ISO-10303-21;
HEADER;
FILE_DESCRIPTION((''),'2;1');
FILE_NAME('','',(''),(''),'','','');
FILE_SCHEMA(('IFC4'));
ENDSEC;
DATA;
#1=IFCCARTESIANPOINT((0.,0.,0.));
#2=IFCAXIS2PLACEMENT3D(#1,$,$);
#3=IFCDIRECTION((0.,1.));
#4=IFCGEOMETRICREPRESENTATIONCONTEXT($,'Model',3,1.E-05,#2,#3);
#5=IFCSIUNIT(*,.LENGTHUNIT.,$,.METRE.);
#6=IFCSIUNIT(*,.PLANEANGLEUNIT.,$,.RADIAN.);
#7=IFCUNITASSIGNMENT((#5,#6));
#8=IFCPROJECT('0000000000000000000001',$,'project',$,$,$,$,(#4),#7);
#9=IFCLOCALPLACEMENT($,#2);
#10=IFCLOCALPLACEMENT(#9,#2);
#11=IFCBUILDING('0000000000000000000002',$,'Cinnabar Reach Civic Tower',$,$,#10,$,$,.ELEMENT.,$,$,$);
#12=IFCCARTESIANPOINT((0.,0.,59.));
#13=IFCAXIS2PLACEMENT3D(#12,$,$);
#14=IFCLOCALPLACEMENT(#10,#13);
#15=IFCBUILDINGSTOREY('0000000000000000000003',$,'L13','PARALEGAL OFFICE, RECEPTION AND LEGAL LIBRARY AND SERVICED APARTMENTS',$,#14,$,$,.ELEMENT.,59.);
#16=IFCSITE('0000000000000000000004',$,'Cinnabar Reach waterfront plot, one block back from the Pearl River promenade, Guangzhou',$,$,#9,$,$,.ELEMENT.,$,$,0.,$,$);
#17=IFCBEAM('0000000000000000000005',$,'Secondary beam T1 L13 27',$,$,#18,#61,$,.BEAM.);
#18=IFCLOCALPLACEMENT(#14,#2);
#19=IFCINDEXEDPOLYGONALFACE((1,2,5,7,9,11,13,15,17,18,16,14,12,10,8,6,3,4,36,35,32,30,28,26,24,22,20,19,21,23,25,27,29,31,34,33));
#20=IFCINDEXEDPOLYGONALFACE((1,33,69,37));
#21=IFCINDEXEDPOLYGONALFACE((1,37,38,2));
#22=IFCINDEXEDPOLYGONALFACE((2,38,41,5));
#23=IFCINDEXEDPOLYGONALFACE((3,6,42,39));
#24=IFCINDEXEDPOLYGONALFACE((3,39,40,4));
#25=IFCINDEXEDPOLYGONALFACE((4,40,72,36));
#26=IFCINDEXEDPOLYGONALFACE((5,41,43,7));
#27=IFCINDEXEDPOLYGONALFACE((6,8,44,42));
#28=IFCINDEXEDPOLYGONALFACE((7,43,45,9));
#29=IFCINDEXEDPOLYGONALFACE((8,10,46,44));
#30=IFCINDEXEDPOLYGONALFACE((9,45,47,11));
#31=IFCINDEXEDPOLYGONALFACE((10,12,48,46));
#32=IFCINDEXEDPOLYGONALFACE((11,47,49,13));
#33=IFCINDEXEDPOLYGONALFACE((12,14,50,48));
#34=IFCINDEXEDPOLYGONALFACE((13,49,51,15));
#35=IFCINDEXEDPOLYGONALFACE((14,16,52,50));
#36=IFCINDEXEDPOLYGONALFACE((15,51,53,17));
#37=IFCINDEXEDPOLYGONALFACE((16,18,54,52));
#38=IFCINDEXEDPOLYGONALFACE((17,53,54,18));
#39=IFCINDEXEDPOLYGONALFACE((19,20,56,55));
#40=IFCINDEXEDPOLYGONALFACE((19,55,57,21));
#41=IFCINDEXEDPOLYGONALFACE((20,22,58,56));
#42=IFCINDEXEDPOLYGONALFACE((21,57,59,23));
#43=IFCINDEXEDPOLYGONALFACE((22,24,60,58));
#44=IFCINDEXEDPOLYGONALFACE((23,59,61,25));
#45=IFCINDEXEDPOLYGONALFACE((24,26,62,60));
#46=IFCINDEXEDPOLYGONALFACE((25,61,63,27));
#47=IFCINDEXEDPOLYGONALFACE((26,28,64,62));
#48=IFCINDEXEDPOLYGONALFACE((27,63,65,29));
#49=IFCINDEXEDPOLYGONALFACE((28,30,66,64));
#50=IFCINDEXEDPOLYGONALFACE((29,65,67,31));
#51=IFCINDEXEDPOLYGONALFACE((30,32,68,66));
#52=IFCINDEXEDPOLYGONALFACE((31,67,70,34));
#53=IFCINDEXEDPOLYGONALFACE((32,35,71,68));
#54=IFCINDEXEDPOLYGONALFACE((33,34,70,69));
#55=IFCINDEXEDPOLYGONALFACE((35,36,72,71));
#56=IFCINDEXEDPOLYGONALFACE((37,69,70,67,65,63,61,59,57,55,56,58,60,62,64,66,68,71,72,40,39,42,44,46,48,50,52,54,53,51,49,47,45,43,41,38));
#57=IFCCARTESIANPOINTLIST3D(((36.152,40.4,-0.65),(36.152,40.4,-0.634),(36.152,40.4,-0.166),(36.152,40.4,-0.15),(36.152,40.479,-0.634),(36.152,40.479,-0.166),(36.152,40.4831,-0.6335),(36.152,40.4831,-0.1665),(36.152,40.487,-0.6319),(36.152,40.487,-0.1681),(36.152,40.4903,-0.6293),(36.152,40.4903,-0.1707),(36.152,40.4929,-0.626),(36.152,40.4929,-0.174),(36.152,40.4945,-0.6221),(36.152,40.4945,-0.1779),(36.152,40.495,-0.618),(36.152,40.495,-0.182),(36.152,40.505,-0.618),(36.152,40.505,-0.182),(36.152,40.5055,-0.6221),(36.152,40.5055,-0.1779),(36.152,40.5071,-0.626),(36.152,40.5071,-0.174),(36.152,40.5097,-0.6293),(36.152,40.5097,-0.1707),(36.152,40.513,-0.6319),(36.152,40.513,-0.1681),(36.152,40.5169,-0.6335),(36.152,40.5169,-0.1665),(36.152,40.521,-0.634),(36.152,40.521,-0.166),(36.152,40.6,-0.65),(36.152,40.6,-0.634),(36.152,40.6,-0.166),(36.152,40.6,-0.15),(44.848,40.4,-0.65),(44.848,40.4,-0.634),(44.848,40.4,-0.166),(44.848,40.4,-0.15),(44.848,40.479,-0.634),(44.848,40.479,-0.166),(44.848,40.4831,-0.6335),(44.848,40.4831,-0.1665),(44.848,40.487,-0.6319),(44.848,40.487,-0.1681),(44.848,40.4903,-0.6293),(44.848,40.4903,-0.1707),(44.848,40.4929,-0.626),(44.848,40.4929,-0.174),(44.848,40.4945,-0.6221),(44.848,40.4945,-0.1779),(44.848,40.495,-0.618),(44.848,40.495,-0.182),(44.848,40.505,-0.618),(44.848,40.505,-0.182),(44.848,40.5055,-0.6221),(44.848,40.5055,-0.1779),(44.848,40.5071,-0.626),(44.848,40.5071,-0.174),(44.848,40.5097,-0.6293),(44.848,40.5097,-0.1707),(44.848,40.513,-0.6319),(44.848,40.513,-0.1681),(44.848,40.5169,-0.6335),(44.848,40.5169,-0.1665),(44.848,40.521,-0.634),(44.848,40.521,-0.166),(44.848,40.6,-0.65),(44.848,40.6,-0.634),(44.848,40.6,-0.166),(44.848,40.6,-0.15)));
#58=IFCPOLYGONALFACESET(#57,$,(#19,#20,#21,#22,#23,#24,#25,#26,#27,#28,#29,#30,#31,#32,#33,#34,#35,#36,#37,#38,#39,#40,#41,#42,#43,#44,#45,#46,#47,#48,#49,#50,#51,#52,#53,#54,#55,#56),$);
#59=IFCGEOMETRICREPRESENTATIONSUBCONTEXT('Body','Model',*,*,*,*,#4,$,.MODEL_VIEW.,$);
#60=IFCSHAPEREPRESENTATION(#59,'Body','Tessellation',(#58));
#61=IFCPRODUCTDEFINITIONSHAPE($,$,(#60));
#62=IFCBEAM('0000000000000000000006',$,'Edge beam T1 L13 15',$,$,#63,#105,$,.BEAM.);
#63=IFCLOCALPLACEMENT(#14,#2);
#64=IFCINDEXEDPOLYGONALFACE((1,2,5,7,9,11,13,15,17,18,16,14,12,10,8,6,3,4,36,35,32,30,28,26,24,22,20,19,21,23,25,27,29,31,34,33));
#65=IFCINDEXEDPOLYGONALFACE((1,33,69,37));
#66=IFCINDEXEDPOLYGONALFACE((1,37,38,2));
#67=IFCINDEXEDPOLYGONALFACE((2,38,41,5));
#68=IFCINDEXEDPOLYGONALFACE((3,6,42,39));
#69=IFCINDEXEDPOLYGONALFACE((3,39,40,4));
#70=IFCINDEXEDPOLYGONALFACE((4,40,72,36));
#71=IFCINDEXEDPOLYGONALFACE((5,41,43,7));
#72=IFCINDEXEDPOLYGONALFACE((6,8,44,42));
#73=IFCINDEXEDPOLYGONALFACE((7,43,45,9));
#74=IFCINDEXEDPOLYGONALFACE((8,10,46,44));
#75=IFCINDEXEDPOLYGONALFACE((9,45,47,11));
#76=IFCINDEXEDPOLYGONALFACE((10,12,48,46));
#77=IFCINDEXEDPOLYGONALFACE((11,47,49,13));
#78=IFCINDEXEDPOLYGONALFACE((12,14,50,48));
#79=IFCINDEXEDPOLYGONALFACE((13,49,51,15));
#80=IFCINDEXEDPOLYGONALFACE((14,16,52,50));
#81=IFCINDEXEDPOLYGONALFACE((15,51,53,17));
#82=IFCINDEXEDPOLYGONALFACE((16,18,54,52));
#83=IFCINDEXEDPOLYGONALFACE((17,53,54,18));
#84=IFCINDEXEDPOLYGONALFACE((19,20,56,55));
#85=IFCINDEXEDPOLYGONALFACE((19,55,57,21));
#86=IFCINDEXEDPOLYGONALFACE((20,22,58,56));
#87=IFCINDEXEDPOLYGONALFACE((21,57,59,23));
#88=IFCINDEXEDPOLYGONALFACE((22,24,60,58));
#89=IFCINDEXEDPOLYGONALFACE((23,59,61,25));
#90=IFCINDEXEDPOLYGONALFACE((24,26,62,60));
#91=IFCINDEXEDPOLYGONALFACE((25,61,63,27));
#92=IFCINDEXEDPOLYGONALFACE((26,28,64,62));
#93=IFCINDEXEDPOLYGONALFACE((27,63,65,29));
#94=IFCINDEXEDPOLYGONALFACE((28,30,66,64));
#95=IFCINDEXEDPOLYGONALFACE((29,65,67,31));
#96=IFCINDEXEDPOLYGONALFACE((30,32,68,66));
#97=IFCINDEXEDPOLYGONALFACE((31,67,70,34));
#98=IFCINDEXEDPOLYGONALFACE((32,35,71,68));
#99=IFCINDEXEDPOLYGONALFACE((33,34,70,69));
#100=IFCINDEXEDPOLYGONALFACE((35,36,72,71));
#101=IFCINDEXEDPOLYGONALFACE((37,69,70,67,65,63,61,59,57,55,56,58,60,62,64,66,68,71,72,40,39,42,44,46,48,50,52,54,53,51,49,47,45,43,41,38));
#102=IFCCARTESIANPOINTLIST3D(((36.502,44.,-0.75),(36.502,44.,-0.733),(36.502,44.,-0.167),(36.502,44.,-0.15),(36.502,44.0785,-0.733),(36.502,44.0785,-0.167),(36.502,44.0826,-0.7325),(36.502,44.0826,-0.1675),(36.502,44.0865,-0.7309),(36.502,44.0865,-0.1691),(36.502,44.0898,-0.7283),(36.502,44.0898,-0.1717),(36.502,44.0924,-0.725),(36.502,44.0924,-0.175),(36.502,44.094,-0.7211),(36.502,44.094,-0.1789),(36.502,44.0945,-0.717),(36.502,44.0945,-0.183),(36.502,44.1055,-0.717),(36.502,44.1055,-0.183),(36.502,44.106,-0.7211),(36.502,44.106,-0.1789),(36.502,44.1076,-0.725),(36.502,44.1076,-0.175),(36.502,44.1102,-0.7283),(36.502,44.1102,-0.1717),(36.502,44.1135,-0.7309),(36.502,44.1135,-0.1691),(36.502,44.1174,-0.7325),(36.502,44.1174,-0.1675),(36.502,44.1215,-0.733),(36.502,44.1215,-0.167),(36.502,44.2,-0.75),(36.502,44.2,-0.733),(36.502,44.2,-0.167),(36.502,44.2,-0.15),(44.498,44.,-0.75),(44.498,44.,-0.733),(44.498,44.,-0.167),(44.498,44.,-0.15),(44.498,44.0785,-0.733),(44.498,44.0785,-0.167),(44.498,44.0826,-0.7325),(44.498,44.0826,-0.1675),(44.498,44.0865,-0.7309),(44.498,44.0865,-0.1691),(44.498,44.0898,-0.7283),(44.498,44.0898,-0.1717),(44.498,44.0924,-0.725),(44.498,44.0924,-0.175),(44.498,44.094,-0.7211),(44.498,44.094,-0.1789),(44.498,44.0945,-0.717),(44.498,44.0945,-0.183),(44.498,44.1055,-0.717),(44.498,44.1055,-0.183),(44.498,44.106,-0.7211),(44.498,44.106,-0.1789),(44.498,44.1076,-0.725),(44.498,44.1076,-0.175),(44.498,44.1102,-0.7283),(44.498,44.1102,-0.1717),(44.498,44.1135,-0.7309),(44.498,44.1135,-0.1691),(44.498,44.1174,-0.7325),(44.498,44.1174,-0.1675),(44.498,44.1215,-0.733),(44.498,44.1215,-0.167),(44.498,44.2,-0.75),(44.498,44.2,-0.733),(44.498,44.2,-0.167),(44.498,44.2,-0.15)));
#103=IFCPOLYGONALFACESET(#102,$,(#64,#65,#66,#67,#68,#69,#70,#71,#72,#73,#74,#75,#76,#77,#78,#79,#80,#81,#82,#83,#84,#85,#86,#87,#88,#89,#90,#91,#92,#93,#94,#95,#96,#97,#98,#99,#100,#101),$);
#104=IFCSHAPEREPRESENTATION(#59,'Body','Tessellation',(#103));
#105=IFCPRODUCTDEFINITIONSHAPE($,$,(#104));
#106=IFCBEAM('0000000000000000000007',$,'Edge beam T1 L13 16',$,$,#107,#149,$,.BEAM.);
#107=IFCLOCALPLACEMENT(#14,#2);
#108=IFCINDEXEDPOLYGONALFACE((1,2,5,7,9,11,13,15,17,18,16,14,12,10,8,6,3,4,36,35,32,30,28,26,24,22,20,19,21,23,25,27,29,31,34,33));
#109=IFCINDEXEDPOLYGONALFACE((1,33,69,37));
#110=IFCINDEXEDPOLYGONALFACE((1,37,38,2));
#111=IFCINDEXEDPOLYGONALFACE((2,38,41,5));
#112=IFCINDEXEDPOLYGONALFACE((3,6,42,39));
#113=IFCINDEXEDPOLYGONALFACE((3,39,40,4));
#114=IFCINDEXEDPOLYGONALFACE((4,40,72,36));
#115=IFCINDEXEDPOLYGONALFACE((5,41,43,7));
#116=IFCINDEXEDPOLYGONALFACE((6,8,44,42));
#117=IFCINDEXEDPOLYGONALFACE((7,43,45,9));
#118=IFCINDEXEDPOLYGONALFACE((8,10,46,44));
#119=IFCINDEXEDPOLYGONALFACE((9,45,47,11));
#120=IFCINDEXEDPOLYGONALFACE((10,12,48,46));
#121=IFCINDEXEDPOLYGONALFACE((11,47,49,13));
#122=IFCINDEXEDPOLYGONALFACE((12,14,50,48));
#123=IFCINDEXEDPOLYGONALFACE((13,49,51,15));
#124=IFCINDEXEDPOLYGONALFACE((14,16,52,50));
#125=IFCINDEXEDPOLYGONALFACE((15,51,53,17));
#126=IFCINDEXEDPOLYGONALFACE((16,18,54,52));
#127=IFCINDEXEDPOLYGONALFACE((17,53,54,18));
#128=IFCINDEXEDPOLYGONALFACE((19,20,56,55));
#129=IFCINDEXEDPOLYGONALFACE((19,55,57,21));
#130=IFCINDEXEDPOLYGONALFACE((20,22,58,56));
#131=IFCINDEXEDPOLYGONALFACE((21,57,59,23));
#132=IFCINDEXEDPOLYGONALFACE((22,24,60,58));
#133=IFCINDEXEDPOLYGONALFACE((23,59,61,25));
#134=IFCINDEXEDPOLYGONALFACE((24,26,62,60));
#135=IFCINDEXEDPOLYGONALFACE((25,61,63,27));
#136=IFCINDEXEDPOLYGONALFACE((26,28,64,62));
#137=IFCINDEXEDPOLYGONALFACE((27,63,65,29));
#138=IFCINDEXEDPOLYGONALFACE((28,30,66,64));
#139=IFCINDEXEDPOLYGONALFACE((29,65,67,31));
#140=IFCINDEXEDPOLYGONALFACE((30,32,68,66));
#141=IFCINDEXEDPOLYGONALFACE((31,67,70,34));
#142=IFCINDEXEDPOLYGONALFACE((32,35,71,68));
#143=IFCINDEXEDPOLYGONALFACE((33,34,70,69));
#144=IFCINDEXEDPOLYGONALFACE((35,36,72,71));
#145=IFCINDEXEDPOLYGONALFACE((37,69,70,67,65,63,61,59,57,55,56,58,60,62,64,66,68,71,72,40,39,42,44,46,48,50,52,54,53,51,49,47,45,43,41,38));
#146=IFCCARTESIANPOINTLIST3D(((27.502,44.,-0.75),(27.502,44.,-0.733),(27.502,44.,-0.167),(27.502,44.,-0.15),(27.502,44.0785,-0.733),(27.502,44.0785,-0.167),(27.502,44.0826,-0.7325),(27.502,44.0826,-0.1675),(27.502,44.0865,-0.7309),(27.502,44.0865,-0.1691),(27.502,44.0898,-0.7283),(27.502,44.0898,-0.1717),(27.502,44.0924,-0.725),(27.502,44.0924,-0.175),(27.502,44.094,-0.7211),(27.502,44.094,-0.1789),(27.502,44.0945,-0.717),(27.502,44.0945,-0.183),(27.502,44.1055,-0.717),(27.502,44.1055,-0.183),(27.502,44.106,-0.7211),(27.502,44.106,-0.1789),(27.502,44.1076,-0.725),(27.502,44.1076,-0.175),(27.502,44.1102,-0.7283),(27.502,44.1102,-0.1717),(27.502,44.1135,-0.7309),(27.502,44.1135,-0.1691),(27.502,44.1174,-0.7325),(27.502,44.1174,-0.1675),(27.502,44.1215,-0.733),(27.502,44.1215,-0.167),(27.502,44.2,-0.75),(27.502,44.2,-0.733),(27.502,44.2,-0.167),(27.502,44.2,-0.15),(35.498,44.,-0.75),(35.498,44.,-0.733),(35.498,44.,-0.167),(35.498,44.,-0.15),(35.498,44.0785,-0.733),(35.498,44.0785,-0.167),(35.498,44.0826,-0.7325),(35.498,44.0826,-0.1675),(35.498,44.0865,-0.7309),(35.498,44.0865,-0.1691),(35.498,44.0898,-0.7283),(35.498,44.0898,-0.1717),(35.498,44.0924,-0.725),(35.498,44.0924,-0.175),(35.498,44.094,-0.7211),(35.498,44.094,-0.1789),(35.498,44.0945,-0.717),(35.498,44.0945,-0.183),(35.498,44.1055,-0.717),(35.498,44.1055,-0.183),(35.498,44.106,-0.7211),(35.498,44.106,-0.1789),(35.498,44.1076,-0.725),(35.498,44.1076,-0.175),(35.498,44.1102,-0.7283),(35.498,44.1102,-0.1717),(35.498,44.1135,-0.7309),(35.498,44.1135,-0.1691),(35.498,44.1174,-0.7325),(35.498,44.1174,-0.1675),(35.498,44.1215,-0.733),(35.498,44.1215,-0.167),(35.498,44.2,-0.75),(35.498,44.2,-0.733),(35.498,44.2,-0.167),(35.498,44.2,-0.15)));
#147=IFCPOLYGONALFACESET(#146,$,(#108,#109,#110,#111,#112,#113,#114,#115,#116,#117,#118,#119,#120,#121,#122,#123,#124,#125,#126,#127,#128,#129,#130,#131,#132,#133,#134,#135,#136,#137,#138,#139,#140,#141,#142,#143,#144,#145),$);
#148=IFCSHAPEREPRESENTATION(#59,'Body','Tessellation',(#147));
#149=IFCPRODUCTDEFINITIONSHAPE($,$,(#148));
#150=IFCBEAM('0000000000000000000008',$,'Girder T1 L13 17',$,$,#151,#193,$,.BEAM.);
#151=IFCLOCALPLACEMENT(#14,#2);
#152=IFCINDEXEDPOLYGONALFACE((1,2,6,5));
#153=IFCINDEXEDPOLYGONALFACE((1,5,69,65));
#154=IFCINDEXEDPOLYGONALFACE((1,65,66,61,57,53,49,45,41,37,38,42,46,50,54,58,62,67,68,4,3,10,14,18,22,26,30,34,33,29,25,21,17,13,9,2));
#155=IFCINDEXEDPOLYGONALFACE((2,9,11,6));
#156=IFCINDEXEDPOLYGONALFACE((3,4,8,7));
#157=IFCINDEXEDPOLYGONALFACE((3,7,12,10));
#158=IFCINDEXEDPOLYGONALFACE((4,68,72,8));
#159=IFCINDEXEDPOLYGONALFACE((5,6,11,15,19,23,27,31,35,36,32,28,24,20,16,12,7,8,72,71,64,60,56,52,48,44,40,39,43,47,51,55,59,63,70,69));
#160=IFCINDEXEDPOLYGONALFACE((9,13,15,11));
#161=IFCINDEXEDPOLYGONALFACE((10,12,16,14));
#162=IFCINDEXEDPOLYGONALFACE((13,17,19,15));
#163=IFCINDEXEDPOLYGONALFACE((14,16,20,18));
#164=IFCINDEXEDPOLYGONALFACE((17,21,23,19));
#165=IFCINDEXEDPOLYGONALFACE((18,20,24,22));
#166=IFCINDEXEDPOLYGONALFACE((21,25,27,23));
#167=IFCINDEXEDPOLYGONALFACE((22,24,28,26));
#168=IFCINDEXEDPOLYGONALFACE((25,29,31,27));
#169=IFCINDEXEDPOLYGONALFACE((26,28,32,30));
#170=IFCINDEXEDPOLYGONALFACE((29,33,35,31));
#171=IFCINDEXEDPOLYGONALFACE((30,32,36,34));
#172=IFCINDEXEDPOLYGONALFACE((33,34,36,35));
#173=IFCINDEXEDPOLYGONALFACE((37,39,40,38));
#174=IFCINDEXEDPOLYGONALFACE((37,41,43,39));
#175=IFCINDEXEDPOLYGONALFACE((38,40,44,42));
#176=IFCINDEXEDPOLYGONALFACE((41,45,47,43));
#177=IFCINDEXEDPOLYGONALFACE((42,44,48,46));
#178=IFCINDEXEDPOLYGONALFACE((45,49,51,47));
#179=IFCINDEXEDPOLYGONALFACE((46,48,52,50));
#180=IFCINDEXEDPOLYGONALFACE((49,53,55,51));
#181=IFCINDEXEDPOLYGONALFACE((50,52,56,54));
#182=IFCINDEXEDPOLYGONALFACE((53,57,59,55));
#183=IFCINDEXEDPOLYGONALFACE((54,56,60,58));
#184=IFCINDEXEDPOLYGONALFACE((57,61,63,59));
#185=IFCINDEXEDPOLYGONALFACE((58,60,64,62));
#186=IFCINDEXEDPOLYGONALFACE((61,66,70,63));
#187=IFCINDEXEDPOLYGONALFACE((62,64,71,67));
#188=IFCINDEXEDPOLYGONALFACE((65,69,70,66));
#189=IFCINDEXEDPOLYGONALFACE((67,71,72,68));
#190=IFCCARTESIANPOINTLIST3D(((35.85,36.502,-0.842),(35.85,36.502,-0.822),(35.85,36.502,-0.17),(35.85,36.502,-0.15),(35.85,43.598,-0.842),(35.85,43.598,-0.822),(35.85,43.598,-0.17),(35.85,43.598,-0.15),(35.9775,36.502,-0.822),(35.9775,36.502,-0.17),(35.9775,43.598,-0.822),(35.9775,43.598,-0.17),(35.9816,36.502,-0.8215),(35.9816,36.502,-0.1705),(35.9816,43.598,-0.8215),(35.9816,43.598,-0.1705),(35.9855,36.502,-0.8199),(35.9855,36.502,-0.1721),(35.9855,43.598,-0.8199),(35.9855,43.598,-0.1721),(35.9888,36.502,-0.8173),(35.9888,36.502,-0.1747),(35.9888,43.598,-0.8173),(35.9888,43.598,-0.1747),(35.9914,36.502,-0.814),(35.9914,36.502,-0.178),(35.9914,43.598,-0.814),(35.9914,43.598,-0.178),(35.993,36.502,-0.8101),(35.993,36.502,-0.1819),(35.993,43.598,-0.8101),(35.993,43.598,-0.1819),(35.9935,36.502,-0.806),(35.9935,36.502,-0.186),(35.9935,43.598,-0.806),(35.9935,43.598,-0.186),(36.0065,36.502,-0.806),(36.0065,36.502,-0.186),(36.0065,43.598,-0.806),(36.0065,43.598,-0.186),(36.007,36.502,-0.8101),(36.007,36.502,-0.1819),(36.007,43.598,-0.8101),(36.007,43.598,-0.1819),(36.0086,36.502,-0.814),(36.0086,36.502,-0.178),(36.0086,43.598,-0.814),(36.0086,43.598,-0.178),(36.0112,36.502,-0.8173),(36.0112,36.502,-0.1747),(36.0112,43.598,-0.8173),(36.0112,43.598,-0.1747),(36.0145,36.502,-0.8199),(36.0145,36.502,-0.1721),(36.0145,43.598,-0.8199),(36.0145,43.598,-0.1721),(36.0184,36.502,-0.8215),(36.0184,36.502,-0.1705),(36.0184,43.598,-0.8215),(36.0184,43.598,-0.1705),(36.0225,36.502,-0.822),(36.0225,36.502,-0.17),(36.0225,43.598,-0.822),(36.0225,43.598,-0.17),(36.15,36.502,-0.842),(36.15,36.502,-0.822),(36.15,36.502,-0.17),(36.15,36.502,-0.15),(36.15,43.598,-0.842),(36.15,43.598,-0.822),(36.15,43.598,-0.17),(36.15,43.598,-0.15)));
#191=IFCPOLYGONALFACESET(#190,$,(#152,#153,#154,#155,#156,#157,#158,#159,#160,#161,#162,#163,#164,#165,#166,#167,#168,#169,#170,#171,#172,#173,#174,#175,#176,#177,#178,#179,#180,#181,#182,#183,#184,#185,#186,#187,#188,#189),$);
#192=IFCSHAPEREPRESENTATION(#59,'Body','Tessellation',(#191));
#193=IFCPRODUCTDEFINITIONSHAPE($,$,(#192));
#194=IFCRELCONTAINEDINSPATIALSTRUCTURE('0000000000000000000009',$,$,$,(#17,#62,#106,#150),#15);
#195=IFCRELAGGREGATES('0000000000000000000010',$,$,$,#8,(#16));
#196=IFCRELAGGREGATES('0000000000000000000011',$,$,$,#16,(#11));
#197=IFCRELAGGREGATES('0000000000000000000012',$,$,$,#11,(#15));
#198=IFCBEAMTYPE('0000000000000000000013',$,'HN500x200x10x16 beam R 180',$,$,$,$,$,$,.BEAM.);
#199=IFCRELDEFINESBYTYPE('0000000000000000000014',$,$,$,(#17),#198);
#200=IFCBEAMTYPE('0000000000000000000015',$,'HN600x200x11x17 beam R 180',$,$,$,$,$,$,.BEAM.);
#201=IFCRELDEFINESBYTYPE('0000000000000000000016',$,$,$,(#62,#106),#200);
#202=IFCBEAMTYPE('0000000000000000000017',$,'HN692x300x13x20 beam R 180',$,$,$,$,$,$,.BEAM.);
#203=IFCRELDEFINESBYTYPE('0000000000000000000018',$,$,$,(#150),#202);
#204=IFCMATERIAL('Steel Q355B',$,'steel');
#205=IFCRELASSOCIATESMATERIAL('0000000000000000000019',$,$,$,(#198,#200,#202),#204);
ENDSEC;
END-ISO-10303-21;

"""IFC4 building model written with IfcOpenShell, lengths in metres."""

from ifc_helpers import new_model, si_unit, direction, frame, origin, origin_2d, place, context, subcontext, project, spatial, i_section, extrude, material, material_profile, profile_set, type_object, element, save


model = new_model("IFC4")

# Units and contexts
model_context = context("Model", 3, precision=1e-05, world=origin(), true_north=direction((0.0, 1.0)))
body_context = subcontext(model_context, "Body", "Model", "MODEL_VIEW")
ifc_project = project(units=[si_unit("LENGTHUNIT", "METRE"), si_unit("PLANEANGLEUNIT", "RADIAN")], contexts=[model_context])

# Site, building, storey
site_placement = place(None, origin())
site = spatial("IfcSite", under=ifc_project, at=site_placement, Name="Cinnabar Reach waterfront plot, one block back from the Pearl River promenade, Guangzhou", CompositionType="ELEMENT", RefElevation=0.0)
building_placement = place(site_placement, origin())
building = spatial("IfcBuilding", under=site, at=building_placement, Name="Cinnabar Reach Civic Tower", CompositionType="ELEMENT")
storey_placement = place(building_placement, frame((0.0, 0.0, 59.0)))
storey = spatial("IfcBuildingStorey", under=building, at=storey_placement, Name="L13", Description="PARALEGAL OFFICE, RECEPTION AND LEGAL LIBRARY AND SERVICED APARTMENTS", CompositionType="ELEMENT", Elevation=59.0)

# Beams
ifc_material_1 = material(Name="Steel Q355B", Category="steel")
ifc_material_profile_1 = material_profile(ifc_material_1, i_section(OverallWidth=0.2, OverallDepth=0.5, WebThickness=0.01, FlangeThickness=0.016, FilletRadius=0.016, at=origin_2d()), Name="HN500x200x10x16")
ifc_profile_set_1 = profile_set([ifc_material_profile_1], Name="Steel Q355B")
beam_type_1 = type_object("IfcBeamType", Name="HN500x200x10x16 beam R 180", PredefinedType="BEAM", material=ifc_profile_set_1)
for number, where, z_axis, x_axis, name in (
    (1, (36.152, 40.5, -0.4), (1.0, 0.0, 0.0), (0.0, 1.0, 0.0), "Secondary beam T1 L13 27"),
):
    element("IfcBeam", number, at=place(storey_placement, frame(where, z_axis=z_axis, x_axis=x_axis)), inside=storey, type_object=beam_type_1, Name=name, PredefinedType="BEAM", context=body_context, shape_type="SweptSolid", body=[
        extrude(i_section(OverallWidth=0.2, OverallDepth=0.5, WebThickness=0.01, FlangeThickness=0.016, FilletRadius=0.016, at=origin_2d()), origin(), (0.0, 0.0, 1.0), 8.696),
    ])
ifc_material_profile_2 = material_profile(ifc_material_1, i_section(OverallWidth=0.2, OverallDepth=0.6, WebThickness=0.011, FlangeThickness=0.017, FilletRadius=0.016, at=origin_2d()), Name="HN600x200x11x17")
ifc_profile_set_2 = profile_set([ifc_material_profile_2], Name="Steel Q355B")
beam_type_2 = type_object("IfcBeamType", Name="HN600x200x11x17 beam R 180", PredefinedType="BEAM", material=ifc_profile_set_2)
for number, where, z_axis, x_axis, name in (
    (2, (44.498, 44.1, -0.45), (-1.0, 0.0, 0.0), (0.0, -1.0, 0.0), "Edge beam T1 L13 15"),
    (3, (35.498, 44.1, -0.45), (-1.0, 0.0, 0.0), (0.0, -1.0, 0.0), "Edge beam T1 L13 16"),
):
    element("IfcBeam", number, at=place(storey_placement, frame(where, z_axis=z_axis, x_axis=x_axis)), inside=storey, type_object=beam_type_2, Name=name, PredefinedType="BEAM", context=body_context, shape_type="SweptSolid", body=[
        extrude(i_section(OverallWidth=0.2, OverallDepth=0.6, WebThickness=0.011, FlangeThickness=0.017, FilletRadius=0.016, at=origin_2d()), origin(), (0.0, 0.0, 1.0), 7.996),
    ])
ifc_material_profile_3 = material_profile(ifc_material_1, i_section(OverallWidth=0.3, OverallDepth=0.692, WebThickness=0.013, FlangeThickness=0.02, FilletRadius=0.016, at=origin_2d()), Name="HN692x300x13x20")
ifc_profile_set_3 = profile_set([ifc_material_profile_3], Name="Steel Q355B")
beam_type_3 = type_object("IfcBeamType", Name="HN692x300x13x20 beam R 180", PredefinedType="BEAM", material=ifc_profile_set_3)
beam_1_placement = place(storey_placement, frame((36.0, 36.502, -0.496), z_axis=(0.0, 1.0, 0.0), x_axis=(-1.0, 0.0, 0.0)))
element("IfcBeam", 4, at=beam_1_placement, inside=storey, type_object=beam_type_3, Name="Girder T1 L13 17", PredefinedType="BEAM", context=body_context, shape_type="SweptSolid", body=[
    extrude(i_section(OverallWidth=0.3, OverallDepth=0.692, WebThickness=0.013, FlangeThickness=0.02, FilletRadius=0.016, at=origin_2d()), origin(), (0.0, 0.0, 1.0), 7.096),
])

save(model, "model.ifc")
